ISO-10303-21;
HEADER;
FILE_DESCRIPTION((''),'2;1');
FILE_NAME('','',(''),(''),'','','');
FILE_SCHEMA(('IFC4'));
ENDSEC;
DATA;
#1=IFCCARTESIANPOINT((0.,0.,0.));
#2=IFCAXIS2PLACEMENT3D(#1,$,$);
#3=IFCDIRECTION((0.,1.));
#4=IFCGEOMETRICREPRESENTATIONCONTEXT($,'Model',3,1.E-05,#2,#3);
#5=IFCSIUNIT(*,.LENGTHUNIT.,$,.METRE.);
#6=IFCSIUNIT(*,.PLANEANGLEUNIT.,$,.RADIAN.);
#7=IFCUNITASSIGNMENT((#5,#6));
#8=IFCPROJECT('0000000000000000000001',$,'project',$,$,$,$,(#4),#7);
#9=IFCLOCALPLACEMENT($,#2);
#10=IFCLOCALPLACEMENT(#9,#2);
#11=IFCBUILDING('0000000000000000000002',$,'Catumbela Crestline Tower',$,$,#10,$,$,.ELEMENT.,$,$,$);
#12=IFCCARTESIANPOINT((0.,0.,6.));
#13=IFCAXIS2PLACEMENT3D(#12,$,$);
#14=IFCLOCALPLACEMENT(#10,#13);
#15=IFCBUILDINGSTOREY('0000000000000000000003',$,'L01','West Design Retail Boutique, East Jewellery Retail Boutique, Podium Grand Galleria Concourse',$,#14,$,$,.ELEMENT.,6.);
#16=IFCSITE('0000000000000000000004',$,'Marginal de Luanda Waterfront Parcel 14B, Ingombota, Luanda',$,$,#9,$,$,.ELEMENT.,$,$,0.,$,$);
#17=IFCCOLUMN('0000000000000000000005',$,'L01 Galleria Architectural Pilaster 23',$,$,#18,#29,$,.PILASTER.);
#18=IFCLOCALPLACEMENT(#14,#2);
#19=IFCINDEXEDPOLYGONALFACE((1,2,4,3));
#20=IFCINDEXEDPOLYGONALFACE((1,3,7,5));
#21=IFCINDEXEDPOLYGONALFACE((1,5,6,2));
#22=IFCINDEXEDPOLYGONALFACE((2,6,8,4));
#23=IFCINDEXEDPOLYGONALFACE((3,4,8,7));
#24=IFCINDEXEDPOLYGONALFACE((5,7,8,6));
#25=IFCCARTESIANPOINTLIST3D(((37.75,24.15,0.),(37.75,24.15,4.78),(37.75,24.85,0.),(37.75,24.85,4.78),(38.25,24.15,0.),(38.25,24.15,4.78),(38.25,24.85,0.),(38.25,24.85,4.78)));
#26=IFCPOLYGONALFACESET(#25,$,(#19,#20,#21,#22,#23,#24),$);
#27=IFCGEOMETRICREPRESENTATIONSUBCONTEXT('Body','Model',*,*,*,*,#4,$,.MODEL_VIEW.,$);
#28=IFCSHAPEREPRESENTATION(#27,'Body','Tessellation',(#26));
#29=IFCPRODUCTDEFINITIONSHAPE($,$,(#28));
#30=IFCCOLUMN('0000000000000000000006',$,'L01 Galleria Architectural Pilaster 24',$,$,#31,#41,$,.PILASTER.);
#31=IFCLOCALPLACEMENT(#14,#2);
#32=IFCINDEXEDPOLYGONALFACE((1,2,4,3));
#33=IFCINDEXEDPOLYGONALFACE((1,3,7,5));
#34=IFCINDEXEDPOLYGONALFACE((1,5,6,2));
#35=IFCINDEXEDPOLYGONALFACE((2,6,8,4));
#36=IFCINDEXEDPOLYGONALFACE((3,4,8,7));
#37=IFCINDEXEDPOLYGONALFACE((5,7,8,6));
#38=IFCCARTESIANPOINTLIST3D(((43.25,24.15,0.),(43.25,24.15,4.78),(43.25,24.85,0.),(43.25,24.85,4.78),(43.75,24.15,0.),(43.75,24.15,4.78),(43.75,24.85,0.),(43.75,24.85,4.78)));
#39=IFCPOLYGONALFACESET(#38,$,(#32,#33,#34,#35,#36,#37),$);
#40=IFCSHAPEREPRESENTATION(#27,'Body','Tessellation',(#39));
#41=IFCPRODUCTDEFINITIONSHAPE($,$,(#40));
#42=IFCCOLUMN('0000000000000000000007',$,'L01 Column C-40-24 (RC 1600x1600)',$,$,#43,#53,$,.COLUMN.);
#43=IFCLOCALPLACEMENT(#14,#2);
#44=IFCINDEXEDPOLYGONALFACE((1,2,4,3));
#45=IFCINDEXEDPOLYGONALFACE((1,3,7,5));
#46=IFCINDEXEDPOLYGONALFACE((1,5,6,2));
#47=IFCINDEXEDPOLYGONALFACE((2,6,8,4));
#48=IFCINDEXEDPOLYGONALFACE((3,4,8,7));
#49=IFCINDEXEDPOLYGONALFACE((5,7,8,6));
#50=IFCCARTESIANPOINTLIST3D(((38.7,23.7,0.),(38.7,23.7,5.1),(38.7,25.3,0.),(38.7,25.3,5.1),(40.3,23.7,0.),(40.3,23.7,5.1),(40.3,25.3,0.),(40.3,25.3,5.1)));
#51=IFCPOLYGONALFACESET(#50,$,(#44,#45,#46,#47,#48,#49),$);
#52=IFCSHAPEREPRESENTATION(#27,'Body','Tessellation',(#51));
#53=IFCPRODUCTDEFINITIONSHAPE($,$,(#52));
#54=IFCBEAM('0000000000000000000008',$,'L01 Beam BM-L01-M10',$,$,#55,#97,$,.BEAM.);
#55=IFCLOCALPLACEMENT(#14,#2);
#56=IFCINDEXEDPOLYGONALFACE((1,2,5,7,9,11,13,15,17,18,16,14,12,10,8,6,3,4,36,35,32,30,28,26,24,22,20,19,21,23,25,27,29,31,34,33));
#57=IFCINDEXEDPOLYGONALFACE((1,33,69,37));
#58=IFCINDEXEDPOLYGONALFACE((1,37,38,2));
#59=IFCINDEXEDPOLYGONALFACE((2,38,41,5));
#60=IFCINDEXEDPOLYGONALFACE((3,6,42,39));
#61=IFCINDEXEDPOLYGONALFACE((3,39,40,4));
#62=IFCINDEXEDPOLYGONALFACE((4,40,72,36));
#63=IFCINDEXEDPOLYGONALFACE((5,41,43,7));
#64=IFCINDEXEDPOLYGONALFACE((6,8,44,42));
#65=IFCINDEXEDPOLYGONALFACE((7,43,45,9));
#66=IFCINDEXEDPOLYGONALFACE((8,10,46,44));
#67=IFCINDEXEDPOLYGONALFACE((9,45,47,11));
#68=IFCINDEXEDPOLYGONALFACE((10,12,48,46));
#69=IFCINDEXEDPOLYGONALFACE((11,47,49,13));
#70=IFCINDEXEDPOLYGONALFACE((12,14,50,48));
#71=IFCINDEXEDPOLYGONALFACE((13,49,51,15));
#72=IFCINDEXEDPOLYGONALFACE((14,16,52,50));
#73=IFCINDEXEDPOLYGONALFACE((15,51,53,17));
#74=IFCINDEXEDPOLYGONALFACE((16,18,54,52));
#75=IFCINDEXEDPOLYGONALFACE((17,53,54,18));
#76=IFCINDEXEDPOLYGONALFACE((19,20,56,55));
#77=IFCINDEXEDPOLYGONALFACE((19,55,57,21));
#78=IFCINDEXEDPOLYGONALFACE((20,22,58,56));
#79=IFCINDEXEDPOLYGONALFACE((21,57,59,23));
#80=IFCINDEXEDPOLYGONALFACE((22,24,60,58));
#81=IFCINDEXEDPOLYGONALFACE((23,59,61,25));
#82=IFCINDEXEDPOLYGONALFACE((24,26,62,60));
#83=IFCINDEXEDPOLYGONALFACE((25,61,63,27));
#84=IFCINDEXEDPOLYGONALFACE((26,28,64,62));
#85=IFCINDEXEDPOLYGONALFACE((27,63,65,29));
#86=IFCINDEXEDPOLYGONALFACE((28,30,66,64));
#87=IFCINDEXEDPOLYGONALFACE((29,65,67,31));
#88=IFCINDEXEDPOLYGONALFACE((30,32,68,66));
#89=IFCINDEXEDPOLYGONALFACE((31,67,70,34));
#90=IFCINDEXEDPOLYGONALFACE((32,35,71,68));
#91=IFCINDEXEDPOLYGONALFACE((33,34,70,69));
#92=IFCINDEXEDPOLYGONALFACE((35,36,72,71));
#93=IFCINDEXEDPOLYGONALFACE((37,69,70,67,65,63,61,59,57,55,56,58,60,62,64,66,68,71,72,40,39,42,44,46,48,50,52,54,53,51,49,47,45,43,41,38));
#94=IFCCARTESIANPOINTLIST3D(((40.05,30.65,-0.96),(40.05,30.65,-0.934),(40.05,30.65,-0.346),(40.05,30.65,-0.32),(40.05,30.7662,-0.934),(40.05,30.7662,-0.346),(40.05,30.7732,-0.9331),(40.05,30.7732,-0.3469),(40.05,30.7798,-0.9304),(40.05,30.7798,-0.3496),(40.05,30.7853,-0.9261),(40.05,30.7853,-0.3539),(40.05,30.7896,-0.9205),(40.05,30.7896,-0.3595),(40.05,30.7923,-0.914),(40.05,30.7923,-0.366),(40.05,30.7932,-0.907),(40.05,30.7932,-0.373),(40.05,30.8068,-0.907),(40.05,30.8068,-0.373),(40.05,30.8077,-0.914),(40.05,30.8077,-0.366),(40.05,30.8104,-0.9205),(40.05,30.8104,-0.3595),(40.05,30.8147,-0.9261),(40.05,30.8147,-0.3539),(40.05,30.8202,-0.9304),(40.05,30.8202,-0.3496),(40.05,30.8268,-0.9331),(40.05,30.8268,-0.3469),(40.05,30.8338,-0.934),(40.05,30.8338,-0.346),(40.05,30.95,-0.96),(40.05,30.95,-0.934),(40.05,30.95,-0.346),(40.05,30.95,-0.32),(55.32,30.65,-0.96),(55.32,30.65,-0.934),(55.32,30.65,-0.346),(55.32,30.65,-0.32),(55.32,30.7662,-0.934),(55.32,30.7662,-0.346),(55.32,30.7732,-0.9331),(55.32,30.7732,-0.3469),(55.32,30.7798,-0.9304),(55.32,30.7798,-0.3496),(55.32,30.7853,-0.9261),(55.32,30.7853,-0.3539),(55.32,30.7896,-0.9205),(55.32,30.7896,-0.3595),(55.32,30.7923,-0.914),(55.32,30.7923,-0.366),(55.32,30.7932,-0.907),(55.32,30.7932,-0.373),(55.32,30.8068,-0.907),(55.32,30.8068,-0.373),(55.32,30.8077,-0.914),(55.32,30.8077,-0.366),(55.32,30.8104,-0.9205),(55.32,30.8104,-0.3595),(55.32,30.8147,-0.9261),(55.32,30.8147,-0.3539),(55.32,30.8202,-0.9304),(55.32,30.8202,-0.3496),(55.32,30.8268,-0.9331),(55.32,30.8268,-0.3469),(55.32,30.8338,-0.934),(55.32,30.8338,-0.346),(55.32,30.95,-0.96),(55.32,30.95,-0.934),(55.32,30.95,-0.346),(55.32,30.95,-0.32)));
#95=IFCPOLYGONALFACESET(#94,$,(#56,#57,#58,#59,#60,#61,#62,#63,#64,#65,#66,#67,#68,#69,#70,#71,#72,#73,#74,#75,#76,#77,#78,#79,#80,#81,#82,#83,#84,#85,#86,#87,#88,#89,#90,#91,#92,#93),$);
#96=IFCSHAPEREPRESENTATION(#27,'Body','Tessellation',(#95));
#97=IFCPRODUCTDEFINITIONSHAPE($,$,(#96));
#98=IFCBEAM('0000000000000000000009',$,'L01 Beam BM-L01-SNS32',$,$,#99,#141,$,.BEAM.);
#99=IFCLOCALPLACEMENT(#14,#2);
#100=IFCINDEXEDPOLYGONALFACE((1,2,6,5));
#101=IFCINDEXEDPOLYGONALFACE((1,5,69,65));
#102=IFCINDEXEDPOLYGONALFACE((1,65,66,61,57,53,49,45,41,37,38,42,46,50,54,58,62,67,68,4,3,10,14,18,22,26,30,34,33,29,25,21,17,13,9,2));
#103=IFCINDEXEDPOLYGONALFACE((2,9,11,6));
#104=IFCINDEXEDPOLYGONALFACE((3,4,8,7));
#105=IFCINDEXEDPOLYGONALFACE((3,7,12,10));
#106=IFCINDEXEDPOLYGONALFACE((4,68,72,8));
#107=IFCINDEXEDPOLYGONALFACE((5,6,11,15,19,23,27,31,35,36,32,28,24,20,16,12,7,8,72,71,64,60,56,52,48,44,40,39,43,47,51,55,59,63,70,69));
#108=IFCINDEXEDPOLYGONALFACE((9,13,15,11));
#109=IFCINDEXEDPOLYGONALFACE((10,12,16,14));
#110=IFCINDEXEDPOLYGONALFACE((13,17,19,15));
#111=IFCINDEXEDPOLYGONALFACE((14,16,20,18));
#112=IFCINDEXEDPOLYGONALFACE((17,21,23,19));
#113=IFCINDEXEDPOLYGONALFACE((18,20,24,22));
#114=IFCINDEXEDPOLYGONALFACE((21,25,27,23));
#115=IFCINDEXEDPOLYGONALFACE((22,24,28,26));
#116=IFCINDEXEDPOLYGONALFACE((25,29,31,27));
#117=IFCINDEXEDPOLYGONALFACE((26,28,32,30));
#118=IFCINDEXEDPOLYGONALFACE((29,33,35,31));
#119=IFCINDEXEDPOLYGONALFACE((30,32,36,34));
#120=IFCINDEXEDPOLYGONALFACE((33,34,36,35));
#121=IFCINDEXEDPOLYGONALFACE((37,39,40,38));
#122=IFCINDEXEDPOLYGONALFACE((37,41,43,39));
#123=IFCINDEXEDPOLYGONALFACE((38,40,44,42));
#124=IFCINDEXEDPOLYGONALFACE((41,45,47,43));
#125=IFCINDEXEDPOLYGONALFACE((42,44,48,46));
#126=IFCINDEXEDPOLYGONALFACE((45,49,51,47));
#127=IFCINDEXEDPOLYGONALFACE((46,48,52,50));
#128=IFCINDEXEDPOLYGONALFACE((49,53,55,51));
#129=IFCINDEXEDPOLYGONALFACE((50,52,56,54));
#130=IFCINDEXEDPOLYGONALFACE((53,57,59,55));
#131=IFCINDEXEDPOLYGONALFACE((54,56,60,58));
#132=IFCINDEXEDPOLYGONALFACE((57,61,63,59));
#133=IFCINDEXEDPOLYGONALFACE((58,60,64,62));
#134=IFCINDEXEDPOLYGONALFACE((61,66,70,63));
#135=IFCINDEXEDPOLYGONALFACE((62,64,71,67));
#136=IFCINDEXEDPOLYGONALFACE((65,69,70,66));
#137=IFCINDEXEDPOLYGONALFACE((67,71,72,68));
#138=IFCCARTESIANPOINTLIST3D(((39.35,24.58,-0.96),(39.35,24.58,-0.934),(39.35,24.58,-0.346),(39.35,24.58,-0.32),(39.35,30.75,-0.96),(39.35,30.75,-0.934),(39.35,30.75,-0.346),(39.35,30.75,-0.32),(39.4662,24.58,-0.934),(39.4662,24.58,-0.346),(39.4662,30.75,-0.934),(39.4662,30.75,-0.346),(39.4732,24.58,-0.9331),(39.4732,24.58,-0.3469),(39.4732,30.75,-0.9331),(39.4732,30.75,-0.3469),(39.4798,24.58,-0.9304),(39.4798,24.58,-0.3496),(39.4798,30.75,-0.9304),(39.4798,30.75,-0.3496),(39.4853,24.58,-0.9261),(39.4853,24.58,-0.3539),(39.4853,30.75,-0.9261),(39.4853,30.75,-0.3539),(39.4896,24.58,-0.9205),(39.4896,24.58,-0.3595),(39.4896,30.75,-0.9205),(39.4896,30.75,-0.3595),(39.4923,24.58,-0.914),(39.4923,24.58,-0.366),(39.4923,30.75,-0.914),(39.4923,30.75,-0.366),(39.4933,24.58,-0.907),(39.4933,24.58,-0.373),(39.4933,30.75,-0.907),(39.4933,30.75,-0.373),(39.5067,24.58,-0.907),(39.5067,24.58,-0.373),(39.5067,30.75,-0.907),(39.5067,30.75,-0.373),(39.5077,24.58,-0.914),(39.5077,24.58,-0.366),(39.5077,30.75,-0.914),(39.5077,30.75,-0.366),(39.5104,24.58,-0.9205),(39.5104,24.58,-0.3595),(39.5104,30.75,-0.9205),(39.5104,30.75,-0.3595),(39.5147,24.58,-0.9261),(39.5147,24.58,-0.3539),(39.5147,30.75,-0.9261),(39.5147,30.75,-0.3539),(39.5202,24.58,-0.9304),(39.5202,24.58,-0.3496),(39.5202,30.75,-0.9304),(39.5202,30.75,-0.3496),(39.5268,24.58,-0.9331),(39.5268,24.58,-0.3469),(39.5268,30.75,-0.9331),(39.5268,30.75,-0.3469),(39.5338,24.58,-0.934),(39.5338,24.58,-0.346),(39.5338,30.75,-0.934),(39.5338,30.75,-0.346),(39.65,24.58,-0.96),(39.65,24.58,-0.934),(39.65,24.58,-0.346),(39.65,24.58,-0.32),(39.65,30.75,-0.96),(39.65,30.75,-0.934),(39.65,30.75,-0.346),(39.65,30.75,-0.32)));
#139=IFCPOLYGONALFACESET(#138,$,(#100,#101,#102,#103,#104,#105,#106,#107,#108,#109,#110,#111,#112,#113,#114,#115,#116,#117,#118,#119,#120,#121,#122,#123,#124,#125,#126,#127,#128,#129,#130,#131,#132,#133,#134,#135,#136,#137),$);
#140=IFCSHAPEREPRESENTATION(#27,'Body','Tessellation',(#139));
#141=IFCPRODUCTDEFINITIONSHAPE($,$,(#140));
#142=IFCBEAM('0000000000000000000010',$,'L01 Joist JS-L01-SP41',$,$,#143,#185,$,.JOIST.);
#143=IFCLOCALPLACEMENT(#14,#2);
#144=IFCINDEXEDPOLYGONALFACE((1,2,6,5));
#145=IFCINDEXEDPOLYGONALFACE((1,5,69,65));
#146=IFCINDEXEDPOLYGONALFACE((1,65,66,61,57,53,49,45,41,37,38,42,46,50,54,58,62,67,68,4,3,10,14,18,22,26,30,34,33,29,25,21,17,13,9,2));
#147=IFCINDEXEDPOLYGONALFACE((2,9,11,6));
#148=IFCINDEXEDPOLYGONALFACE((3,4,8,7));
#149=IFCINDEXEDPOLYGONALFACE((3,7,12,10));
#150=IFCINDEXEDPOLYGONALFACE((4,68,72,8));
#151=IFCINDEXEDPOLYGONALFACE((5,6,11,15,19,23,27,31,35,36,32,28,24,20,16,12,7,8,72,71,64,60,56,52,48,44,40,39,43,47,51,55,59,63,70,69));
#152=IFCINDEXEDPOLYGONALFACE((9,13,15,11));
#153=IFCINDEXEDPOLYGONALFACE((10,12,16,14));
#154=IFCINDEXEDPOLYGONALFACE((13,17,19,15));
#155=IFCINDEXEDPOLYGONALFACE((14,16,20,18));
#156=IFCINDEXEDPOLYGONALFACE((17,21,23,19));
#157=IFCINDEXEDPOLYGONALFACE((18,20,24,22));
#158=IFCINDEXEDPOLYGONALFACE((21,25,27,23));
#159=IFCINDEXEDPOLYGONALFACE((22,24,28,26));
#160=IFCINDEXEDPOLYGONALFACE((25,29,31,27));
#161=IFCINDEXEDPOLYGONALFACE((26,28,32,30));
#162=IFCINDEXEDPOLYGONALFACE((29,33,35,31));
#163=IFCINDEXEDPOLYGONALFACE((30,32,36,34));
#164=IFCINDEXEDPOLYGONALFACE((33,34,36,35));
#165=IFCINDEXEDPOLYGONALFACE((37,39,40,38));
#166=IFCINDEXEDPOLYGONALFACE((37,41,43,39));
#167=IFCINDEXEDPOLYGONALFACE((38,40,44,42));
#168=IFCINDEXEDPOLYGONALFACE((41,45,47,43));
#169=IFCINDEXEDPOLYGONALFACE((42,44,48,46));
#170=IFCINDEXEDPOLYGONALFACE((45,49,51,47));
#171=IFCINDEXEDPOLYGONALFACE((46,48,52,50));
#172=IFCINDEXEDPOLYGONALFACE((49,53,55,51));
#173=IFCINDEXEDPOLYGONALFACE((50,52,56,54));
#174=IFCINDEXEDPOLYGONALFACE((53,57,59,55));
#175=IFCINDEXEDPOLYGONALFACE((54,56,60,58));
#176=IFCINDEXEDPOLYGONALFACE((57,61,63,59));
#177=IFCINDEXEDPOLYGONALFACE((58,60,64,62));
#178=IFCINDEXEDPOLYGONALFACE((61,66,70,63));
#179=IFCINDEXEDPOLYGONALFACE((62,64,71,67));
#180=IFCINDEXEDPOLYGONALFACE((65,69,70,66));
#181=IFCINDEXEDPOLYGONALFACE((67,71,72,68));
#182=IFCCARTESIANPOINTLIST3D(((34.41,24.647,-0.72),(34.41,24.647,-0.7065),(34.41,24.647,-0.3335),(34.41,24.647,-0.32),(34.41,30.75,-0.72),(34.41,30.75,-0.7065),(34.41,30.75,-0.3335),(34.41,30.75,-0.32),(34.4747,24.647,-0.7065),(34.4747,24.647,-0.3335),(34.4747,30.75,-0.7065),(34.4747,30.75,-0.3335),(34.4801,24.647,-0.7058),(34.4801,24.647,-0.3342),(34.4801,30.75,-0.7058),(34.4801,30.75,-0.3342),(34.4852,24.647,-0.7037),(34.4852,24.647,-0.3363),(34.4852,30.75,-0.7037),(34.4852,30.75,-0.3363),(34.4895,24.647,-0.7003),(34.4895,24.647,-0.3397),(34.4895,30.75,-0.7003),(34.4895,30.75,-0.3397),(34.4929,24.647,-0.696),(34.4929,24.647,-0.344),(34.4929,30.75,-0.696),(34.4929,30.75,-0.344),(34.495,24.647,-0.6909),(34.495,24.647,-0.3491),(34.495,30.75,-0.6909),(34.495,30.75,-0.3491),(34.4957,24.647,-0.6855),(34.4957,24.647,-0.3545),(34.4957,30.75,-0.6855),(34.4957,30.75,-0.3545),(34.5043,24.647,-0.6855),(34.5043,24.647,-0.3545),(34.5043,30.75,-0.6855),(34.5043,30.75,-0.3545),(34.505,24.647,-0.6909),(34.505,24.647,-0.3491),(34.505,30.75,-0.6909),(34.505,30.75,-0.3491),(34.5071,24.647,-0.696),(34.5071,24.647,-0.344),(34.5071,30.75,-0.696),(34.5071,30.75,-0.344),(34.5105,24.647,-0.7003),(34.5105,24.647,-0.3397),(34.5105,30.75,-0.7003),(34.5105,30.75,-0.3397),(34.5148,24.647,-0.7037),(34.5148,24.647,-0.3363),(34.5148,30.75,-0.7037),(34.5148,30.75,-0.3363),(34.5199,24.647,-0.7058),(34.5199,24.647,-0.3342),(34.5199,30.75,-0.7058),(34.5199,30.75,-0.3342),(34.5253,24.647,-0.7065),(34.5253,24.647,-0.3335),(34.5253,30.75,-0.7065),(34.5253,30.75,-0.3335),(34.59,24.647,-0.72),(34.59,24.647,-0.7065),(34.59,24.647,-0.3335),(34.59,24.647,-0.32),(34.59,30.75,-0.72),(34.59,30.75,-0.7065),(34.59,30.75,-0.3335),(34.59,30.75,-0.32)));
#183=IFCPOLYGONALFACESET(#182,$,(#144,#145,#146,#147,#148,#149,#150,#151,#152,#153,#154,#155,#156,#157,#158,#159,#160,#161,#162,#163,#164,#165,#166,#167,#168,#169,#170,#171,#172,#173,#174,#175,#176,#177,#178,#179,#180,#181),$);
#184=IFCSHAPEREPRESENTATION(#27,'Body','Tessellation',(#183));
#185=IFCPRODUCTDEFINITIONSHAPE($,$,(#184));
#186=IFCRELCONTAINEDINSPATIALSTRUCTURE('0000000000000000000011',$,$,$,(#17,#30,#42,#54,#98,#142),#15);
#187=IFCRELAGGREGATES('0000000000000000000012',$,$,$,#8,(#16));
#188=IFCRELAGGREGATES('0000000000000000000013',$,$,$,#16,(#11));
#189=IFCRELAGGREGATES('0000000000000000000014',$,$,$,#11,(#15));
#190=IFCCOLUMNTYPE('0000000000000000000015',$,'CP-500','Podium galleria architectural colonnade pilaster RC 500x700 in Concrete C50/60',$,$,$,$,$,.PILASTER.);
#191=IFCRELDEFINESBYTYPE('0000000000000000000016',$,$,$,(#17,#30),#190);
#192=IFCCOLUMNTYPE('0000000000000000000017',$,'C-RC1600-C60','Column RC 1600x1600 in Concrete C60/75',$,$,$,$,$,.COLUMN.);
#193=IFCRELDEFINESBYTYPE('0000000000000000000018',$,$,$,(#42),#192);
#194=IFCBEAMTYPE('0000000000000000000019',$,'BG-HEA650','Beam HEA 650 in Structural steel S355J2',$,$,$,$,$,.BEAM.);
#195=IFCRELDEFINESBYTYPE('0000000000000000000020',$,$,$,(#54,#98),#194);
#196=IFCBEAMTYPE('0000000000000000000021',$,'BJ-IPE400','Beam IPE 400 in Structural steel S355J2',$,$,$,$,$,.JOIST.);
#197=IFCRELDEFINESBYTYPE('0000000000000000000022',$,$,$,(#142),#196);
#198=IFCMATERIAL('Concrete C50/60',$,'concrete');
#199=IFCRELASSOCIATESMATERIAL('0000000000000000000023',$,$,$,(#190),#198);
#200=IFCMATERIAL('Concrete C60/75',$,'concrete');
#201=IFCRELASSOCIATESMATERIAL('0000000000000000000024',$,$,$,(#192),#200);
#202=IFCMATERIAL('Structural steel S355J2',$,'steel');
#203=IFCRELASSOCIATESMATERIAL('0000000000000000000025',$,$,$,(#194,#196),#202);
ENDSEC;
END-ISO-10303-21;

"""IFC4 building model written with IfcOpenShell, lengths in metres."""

from ifc_helpers import new_model, si_unit, direction, frame, origin, origin_2d, place, context, subcontext, project, spatial, rectangle, i_section, extrude, material, material_profile, profile_set, type_object, element, save


model = new_model("IFC4")

# Units and contexts
model_context = context("Model", 3, precision=1e-05, world=origin(), true_north=direction((0.0, 1.0)))
body_context = subcontext(model_context, "Body", "Model", "MODEL_VIEW")
ifc_project = project(units=[si_unit("LENGTHUNIT", "METRE"), si_unit("PLANEANGLEUNIT", "RADIAN")], contexts=[model_context])

# Site, building, storey
site_placement = place(None, origin())
site = spatial("IfcSite", under=ifc_project, at=site_placement, Name="Marginal de Luanda Waterfront Parcel 14B, Ingombota, Luanda", CompositionType="ELEMENT", RefElevation=0.0)
building_placement = place(site_placement, origin())
building = spatial("IfcBuilding", under=site, at=building_placement, Name="Catumbela Crestline Tower", CompositionType="ELEMENT")
storey_placement = place(building_placement, frame((0.0, 0.0, 6.0)))
storey = spatial("IfcBuildingStorey", under=building, at=storey_placement, Name="L01", Description="West Design Retail Boutique, East Jewellery Retail Boutique, Podium Grand Galleria Concourse", CompositionType="ELEMENT", Elevation=6.0)

# Columns
ifc_material_1 = material(Name="Concrete C50/60", Category="concrete")
ifc_material_profile_1 = material_profile(ifc_material_1, rectangle(XDim=0.5, YDim=0.7, at=origin_2d()), Name="RC 500x700")
ifc_profile_set_1 = profile_set([ifc_material_profile_1], Name="Concrete C50/60")
column_type_1 = type_object("IfcColumnType", Name="CP-500", Description="Podium galleria architectural colonnade pilaster RC 500x700 in Concrete C50/60", PredefinedType="PILASTER", material=ifc_profile_set_1)
for number, where, z_axis, x_axis, name in (
    (1, (38.0, 24.5, 0.0), (0.0, 0.0, 1.0), (1.0, 0.0, 0.0), "L01 Galleria Architectural Pilaster 23"),
    (2, (43.5, 24.5, 0.0), (0.0, 0.0, 1.0), (1.0, 0.0, 0.0), "L01 Galleria Architectural Pilaster 24"),
):
    element("IfcColumn", number, at=place(storey_placement, frame(where, z_axis=z_axis, x_axis=x_axis)), inside=storey, type_object=column_type_1, Name=name, PredefinedType="PILASTER", context=body_context, shape_type="SweptSolid", body=[
        extrude(rectangle(XDim=0.5, YDim=0.7, at=origin_2d()), origin(), (0.0, 0.0, 1.0), 4.78),
    ])
ifc_material_2 = material(Name="Concrete C60/75", Category="concrete")
ifc_material_profile_2 = material_profile(ifc_material_2, rectangle(XDim=1.6, YDim=1.6, at=origin_2d()), Name="RC 1600x1600")
ifc_profile_set_2 = profile_set([ifc_material_profile_2], Name="Concrete C60/75")
column_type_2 = type_object("IfcColumnType", Name="C-RC1600-C60", Description="Column RC 1600x1600 in Concrete C60/75", PredefinedType="COLUMN", material=ifc_profile_set_2)
column_placement = place(storey_placement, frame((39.5, 24.5, 0.0), z_axis=(0.0, 0.0, 1.0), x_axis=(1.0, 0.0, 0.0)))
element("IfcColumn", 3, at=column_placement, inside=storey, type_object=column_type_2, Name="L01 Column C-40-24 (RC 1600x1600)", PredefinedType="COLUMN", context=body_context, shape_type="SweptSolid", body=[
    extrude(rectangle(XDim=1.6, YDim=1.6, at=origin_2d()), origin(), (0.0, 0.0, 1.0), 5.1),
])

# Beams
ifc_material_3 = material(Name="Structural steel S355J2", Category="steel")
ifc_material_profile_3 = material_profile(ifc_material_3, i_section(OverallWidth=0.3, OverallDepth=0.64, WebThickness=0.0135, FlangeThickness=0.026, FilletRadius=0.027, at=origin_2d()), Name="HEA 650")
ifc_profile_set_3 = profile_set([ifc_material_profile_3], Name="Structural steel S355J2")
beam_type_1 = type_object("IfcBeamType", Name="BG-HEA650", Description="Beam HEA 650 in Structural steel S355J2", PredefinedType="BEAM", material=ifc_profile_set_3)
beam_1_placement = place(storey_placement, frame((40.05, 30.8, -0.64), z_axis=(1.0, 0.0, 0.0), x_axis=(0.0, 1.0, 0.0)))
element("IfcBeam", 4, at=beam_1_placement, inside=storey, type_object=beam_type_1, Name="L01 Beam BM-L01-M10", PredefinedType="BEAM", context=body_context, shape_type="SweptSolid", body=[
    extrude(i_section(OverallWidth=0.3, OverallDepth=0.64, WebThickness=0.0135, FlangeThickness=0.026, FilletRadius=0.027, at=origin_2d()), origin(), (0.0, 0.0, 1.0), 15.27),
])
beam_2_placement = place(storey_placement, frame((39.5, 24.58, -0.64), z_axis=(0.0, 1.0, 0.0), x_axis=(-1.0, 0.0, 0.0)))
element("IfcBeam", 5, at=beam_2_placement, inside=storey, type_object=beam_type_1, Name="L01 Beam BM-L01-SNS32", PredefinedType="BEAM", context=body_context, shape_type="SweptSolid", body=[
    extrude(i_section(OverallWidth=0.3, OverallDepth=0.64, WebThickness=0.0135, FlangeThickness=0.026, FilletRadius=0.027, at=origin_2d()), origin(), (0.0, 0.0, 1.0), 6.17),
])
ifc_material_profile_4 = material_profile(ifc_material_3, i_section(OverallWidth=0.18, OverallDepth=0.4, WebThickness=0.0086, FlangeThickness=0.0135, FilletRadius=0.021, at=origin_2d()), Name="IPE 400")
ifc_profile_set_4 = profile_set([ifc_material_profile_4], Name="Structural steel S355J2")
beam_type_2 = type_object("IfcBeamType", Name="BJ-IPE400", Description="Beam IPE 400 in Structural steel S355J2", PredefinedType="JOIST", material=ifc_profile_set_4)
for number, where, z_axis, x_axis, name in (
    (6, (34.5, 24.647, -0.52), (0.0, 1.0, 0.0), (-1.0, 0.0, 0.0), "L01 Joist JS-L01-SP41"),
):
    element("IfcBeam", number, at=place(storey_placement, frame(where, z_axis=z_axis, x_axis=x_axis)), inside=storey, type_object=beam_type_2, Name=name, PredefinedType="JOIST", context=body_context, shape_type="SweptSolid", body=[
        extrude(i_section(OverallWidth=0.18, OverallDepth=0.4, WebThickness=0.0086, FlangeThickness=0.0135, FilletRadius=0.021, at=origin_2d()), origin(), (0.0, 0.0, 1.0), 6.103),
    ])

save(model, "model.ifc")
